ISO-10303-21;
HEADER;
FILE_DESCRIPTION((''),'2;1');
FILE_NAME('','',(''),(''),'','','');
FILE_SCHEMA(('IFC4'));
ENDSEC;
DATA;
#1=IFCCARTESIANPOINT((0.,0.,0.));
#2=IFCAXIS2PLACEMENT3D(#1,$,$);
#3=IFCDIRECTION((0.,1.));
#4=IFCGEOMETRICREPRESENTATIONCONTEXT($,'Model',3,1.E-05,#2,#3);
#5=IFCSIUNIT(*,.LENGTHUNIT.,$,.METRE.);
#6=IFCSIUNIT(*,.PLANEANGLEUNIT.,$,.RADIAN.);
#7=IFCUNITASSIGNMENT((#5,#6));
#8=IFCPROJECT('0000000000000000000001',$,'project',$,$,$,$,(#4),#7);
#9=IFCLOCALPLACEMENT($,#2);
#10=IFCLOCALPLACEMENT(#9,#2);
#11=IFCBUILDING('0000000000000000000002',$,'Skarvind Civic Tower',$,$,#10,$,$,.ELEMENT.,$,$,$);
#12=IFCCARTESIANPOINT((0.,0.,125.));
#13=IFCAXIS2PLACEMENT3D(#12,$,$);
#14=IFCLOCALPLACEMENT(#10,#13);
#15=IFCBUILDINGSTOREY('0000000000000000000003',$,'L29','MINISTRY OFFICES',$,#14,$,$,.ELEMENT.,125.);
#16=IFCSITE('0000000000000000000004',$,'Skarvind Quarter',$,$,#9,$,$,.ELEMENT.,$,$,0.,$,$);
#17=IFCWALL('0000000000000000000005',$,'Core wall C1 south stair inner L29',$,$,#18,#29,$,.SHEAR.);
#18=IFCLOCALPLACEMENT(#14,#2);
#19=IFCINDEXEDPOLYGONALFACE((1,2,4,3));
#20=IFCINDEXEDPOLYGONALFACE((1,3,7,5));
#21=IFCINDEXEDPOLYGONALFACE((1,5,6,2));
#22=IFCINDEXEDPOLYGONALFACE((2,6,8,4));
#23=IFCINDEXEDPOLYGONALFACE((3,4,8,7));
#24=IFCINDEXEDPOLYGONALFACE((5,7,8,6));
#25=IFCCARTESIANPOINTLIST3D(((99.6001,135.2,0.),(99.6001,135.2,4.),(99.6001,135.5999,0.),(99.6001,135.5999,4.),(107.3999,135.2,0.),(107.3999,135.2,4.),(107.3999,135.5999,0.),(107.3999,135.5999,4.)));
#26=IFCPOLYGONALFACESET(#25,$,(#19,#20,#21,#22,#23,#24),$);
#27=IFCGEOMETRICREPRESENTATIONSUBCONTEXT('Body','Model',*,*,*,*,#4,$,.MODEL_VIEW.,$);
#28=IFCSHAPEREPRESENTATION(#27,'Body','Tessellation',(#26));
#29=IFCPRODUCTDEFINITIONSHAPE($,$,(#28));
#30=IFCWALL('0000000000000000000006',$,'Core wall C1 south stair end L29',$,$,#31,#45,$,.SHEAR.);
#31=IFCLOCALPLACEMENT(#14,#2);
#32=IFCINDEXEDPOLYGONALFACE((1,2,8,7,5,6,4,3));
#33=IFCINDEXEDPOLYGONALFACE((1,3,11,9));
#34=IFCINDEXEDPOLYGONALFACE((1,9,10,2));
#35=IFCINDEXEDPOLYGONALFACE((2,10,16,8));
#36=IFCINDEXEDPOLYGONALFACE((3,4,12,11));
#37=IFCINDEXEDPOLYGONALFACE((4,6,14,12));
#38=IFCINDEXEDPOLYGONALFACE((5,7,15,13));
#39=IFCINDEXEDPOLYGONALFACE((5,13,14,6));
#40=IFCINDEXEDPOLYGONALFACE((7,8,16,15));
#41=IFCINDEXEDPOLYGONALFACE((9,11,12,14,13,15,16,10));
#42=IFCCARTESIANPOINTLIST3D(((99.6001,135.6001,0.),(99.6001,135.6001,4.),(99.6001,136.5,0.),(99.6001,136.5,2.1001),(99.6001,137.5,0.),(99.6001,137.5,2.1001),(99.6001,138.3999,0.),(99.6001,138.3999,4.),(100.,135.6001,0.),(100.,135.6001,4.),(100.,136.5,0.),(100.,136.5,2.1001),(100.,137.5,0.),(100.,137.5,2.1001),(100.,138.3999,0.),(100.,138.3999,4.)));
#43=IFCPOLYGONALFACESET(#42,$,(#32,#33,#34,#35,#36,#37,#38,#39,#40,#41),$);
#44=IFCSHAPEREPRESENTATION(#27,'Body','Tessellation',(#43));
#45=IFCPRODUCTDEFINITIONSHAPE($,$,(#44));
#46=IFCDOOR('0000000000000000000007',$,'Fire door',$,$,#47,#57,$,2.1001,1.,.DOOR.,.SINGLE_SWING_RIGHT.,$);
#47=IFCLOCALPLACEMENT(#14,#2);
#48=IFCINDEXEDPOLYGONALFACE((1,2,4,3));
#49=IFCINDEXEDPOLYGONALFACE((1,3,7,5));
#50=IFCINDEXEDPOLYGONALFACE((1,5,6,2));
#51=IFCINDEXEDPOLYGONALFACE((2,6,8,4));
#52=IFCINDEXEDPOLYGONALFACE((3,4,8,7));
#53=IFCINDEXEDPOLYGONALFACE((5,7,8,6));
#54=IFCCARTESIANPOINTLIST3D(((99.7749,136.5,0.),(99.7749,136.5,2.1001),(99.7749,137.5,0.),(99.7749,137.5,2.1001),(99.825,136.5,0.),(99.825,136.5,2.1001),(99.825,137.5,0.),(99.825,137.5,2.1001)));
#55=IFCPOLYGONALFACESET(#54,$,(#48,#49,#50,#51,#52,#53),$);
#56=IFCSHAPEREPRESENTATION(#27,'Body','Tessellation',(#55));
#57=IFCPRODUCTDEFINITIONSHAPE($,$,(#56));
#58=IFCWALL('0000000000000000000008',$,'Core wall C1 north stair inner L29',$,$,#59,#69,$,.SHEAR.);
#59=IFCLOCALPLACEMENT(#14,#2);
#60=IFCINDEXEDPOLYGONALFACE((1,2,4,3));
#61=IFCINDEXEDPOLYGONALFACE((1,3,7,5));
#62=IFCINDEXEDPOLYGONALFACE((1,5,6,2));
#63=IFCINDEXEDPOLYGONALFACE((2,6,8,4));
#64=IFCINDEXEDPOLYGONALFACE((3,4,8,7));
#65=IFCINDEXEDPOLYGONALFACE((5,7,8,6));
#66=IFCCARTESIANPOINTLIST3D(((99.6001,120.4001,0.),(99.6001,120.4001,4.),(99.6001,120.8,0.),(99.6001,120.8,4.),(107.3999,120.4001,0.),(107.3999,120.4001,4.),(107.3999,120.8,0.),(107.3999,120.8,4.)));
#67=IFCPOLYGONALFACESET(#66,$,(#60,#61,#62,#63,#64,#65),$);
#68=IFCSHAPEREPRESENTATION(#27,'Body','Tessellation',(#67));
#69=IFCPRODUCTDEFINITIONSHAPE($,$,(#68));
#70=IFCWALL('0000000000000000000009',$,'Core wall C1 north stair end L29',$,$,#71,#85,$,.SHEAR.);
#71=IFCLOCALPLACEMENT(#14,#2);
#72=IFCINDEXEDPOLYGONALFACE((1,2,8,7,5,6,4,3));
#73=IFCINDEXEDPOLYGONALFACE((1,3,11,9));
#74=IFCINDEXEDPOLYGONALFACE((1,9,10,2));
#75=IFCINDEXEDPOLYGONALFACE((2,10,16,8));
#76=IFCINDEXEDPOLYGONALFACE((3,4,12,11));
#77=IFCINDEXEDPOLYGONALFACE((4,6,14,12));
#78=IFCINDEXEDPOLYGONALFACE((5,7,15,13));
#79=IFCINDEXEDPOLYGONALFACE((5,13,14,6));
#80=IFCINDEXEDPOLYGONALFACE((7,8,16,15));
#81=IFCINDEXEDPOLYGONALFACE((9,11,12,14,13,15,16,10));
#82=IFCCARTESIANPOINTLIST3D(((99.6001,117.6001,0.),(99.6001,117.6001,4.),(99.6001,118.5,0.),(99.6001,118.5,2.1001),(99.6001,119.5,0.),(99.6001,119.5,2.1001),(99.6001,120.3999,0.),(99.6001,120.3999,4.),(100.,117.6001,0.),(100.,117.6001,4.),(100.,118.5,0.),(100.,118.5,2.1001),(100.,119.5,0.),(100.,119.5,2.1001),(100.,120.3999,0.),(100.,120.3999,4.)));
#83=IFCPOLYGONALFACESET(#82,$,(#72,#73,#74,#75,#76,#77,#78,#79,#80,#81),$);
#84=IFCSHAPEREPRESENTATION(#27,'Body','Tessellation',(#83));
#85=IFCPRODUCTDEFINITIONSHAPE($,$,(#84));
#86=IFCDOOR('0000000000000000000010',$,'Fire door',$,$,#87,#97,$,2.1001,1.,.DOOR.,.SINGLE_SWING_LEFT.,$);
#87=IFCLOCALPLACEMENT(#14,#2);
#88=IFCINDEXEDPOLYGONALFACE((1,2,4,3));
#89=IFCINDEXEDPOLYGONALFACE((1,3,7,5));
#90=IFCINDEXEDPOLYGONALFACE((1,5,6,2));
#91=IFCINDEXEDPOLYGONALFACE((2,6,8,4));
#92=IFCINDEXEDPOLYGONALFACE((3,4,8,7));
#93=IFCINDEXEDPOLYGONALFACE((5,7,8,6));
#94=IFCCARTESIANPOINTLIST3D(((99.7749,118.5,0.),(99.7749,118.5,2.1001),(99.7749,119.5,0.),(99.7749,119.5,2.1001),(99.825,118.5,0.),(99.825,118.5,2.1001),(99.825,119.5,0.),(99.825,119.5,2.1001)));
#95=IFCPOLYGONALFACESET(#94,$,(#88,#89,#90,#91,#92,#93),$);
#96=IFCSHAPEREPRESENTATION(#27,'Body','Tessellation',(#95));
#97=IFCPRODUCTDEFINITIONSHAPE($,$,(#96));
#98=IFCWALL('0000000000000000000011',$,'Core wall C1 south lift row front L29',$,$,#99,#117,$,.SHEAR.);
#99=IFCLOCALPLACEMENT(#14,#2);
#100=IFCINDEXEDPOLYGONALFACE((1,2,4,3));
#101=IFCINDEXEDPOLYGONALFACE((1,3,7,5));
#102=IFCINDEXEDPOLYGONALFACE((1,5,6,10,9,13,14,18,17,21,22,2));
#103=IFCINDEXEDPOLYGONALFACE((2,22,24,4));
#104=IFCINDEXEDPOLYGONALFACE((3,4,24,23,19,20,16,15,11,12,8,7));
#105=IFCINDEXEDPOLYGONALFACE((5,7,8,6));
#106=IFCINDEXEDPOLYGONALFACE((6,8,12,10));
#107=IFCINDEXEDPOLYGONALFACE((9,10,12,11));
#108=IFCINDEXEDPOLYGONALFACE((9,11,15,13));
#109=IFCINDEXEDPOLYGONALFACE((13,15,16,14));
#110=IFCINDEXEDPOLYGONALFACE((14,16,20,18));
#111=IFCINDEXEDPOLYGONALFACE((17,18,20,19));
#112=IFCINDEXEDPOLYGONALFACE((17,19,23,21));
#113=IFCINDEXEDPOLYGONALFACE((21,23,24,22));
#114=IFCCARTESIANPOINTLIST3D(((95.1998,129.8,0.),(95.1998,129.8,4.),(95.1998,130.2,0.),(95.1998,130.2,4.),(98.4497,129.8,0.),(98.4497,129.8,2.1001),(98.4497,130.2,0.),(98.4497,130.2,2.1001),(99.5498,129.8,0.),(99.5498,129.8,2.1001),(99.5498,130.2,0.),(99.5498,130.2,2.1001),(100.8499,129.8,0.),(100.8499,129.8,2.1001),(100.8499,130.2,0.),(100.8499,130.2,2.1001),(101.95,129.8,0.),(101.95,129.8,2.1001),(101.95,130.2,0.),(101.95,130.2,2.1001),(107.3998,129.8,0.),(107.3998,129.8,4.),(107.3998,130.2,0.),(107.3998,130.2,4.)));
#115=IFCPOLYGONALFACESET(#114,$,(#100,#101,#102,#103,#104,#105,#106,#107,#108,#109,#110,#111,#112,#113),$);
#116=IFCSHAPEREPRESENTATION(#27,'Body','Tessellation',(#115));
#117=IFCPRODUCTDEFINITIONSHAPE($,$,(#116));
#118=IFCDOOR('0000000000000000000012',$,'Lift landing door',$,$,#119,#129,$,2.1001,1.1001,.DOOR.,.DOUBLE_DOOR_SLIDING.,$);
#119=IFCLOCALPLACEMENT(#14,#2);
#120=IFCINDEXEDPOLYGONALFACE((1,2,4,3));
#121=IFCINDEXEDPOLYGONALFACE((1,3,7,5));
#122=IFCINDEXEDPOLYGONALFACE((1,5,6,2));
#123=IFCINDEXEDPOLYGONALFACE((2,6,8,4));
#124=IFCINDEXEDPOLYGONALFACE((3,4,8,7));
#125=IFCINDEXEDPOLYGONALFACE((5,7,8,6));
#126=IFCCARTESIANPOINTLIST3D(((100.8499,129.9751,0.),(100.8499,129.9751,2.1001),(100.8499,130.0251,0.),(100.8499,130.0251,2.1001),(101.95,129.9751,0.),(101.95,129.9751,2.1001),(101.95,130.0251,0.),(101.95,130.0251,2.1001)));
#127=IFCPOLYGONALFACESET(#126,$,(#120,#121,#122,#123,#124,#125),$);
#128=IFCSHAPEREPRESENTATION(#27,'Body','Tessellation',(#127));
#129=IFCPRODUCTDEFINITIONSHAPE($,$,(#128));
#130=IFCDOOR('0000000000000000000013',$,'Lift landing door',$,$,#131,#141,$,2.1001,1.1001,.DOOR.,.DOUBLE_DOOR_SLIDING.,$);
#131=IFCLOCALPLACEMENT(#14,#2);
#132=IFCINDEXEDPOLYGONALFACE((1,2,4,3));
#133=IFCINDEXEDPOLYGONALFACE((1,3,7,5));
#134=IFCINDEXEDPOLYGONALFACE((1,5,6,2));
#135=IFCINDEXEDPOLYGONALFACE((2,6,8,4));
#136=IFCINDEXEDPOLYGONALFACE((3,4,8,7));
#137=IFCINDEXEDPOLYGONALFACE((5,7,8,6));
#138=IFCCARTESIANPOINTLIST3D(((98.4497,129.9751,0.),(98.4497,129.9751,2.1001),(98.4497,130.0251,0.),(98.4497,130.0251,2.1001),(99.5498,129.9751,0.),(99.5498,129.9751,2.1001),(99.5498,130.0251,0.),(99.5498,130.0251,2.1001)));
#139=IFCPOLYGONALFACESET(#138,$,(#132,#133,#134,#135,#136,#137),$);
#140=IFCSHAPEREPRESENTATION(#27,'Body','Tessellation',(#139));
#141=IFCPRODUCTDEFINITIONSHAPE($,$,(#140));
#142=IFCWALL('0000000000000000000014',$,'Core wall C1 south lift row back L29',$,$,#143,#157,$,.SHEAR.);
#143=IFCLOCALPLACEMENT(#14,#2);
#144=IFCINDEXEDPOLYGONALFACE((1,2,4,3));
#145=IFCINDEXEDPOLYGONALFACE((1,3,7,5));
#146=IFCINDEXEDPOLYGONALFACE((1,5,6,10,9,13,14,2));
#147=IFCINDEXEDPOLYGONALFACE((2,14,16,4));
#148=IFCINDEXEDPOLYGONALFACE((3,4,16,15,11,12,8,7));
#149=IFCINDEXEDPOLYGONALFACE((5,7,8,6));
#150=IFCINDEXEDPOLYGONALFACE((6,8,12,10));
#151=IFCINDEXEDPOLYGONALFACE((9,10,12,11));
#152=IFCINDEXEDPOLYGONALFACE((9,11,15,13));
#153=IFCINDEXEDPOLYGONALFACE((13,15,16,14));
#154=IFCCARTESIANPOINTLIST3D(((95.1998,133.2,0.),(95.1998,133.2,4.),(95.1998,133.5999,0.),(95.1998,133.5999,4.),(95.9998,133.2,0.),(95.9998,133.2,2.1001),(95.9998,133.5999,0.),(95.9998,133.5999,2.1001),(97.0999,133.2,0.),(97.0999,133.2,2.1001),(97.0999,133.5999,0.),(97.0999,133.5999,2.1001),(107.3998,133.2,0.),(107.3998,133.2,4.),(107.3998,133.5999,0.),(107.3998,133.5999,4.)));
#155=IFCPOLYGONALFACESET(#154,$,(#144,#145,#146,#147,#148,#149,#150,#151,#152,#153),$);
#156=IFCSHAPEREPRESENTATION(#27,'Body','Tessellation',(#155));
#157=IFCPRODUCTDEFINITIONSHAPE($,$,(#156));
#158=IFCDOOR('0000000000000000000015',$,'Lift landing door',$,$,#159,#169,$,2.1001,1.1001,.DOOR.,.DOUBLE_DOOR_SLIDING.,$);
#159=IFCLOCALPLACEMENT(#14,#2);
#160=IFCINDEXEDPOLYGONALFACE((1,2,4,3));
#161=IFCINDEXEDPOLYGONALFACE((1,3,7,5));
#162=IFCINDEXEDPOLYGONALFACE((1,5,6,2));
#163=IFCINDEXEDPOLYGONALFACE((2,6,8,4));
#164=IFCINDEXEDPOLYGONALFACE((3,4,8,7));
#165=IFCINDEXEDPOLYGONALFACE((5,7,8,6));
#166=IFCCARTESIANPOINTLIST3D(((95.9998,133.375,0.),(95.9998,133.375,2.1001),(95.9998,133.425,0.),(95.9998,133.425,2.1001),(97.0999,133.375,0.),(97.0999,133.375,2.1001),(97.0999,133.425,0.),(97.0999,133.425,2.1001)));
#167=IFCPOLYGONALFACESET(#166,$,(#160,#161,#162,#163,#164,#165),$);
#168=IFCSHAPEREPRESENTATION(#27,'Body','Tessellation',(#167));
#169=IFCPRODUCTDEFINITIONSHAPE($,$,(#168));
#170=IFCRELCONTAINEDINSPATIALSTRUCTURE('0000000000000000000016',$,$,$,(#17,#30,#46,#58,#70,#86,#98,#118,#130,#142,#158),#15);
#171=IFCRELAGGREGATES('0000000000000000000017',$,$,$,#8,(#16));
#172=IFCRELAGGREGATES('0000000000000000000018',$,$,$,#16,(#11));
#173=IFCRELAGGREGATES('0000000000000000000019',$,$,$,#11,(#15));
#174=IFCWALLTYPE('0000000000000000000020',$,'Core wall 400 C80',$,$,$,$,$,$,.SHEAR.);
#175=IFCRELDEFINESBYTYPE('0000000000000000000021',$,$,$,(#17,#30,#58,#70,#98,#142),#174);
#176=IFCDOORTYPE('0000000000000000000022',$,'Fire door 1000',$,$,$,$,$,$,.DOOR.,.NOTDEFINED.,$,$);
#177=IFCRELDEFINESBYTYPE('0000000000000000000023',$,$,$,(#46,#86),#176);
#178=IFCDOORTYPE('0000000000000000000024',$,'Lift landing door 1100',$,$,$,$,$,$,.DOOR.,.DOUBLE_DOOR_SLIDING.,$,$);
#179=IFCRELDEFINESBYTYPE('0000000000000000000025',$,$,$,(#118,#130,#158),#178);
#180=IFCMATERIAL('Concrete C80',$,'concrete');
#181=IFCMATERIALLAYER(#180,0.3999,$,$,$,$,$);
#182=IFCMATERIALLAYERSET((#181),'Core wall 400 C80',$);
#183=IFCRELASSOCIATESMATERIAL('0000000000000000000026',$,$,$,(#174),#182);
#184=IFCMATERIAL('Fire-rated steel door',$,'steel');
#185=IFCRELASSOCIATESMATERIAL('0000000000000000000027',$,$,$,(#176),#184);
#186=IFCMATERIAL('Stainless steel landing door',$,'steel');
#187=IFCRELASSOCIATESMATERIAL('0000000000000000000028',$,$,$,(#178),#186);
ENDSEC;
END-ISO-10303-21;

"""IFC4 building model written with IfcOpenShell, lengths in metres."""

from ifc_helpers import new_model, si_unit, direction, frame, frame_2d, origin, place, context, subcontext, project, spatial, rectangle, extrude, material, layer, layer_set, type_object, element, fill, save


model = new_model("IFC4")

# Units and contexts
model_context = context("Model", 3, precision=1e-05, world=origin(), true_north=direction((0.0, 1.0)))
body_context = subcontext(model_context, "Body", "Model", "MODEL_VIEW")
ifc_project = project(units=[si_unit("LENGTHUNIT", "METRE"), si_unit("PLANEANGLEUNIT", "RADIAN")], contexts=[model_context])

# Site, building, storey
site_placement = place(None, origin())
site = spatial("IfcSite", under=ifc_project, at=site_placement, Name="Skarvind Quarter", CompositionType="ELEMENT", RefElevation=0.0)
building_placement = place(site_placement, origin())
building = spatial("IfcBuilding", under=site, at=building_placement, Name="Skarvind Civic Tower", CompositionType="ELEMENT")
storey_placement = place(building_placement, frame((0.0, 0.0, 125.0)))
storey = spatial("IfcBuildingStorey", under=building, at=storey_placement, Name="L29", Description="MINISTRY OFFICES", CompositionType="ELEMENT", Elevation=125.0)

# Wall
ifc_material_1 = material(Name="Concrete C80", Category="concrete")
ifc_layer_1 = layer(ifc_material_1, 0.3999)
ifc_layer_set_1 = layer_set([ifc_layer_1], Name="Core wall 400 C80")
wall_type_1 = type_object("IfcWallType", Name="Core wall 400 C80", PredefinedType="SHEAR", material=ifc_layer_set_1)
wall_1_placement = place(storey_placement, frame((107.3999, 135.3999, 0.0), z_axis=(0.0, 0.0, 1.0), x_axis=(-1.0, 0.0, 0.0)))
element("IfcWall", 1, at=wall_1_placement, inside=storey, type_object=wall_type_1, Name="Core wall C1 south stair inner L29", PredefinedType="SHEAR", context=body_context, shape_type="SweptSolid", body=[
    extrude(rectangle(XDim=7.7998, YDim=0.3999, at=frame_2d((3.8999, 0.0))), origin(), (0.0, 0.0, 1.0), 4.0),
])

# Wall, opening, door
wall_2_placement = place(storey_placement, frame((99.8, 138.3999, 0.0), z_axis=(0.0, 0.0, 1.0), x_axis=(0.0, -1.0, 0.0)))
wall_2 = element("IfcWall", 2, at=wall_2_placement, inside=storey, type_object=wall_type_1, Name="Core wall C1 south stair end L29", PredefinedType="SHEAR", context=body_context, shape_type="SweptSolid", body=[
    extrude(rectangle(XDim=2.7998, YDim=0.3999, at=frame_2d((1.3999, 0.0))), origin(), (0.0, 0.0, 1.0), 4.0),
])
opening_1_placement = place(wall_2_placement, frame((0.8999, 0.0, 0.0)))
opening_1 = element("IfcOpeningElement", 3, at=opening_1_placement, cuts=wall_2, PredefinedType="OPENING", context=body_context, shape_type="SweptSolid", body=[
    extrude(rectangle(XDim=1.0, YDim=2.1001, at=frame_2d((0.5, 1.05))), frame((0.0, 0.21, 0.0), z_axis=(0.0, -1.0, 0.0), x_axis=(1.0, 0.0, 0.0)), (0.0, 0.0, 1.0), 0.4199),
])
ifc_material_2 = material(Name="Fire-rated steel door", Category="steel")
door_type_1 = type_object("IfcDoorType", Name="Fire door 1000", OperationType="NOTDEFINED", PredefinedType="DOOR", material=ifc_material_2)
door_1_placement = place(opening_1_placement, origin())
door_1 = element("IfcDoor", 4, at=door_1_placement, inside=storey, type_object=door_type_1, Name="Fire door", OperationType="SINGLE_SWING_RIGHT", OverallHeight=2.1001, OverallWidth=1.0, PredefinedType="DOOR", context=body_context, shape_type="SweptSolid", body=[
    extrude(rectangle(XDim=1.0, YDim=2.1001, at=frame_2d((0.5, 1.05))), frame((0.0, 0.0249, 0.0), z_axis=(0.0, -1.0, 0.0), x_axis=(1.0, 0.0, 0.0)), (0.0, 0.0, 1.0), 0.05),
])
fill(opening_1, door_1)

# Wall
wall_3_placement = place(storey_placement, frame((107.3999, 120.6001, 0.0), z_axis=(0.0, 0.0, 1.0), x_axis=(-1.0, 0.0, 0.0)))
element("IfcWall", 5, at=wall_3_placement, inside=storey, type_object=wall_type_1, Name="Core wall C1 north stair inner L29", PredefinedType="SHEAR", context=body_context, shape_type="SweptSolid", body=[
    extrude(rectangle(XDim=7.7998, YDim=0.3999, at=frame_2d((3.8999, 0.0))), origin(), (0.0, 0.0, 1.0), 4.0),
])

# Wall, opening, door
wall_4_placement = place(storey_placement, frame((99.8, 120.3999, 0.0), z_axis=(0.0, 0.0, 1.0), x_axis=(0.0, -1.0, 0.0)))
wall_4 = element("IfcWall", 6, at=wall_4_placement, inside=storey, type_object=wall_type_1, Name="Core wall C1 north stair end L29", PredefinedType="SHEAR", context=body_context, shape_type="SweptSolid", body=[
    extrude(rectangle(XDim=2.7998, YDim=0.3999, at=frame_2d((1.3999, 0.0))), origin(), (0.0, 0.0, 1.0), 4.0),
])
opening_2_placement = place(wall_4_placement, frame((0.8999, 0.0, 0.0)))
opening_2 = element("IfcOpeningElement", 7, at=opening_2_placement, cuts=wall_4, PredefinedType="OPENING", context=body_context, shape_type="SweptSolid", body=[
    extrude(rectangle(XDim=1.0, YDim=2.1001, at=frame_2d((0.5, 1.05))), frame((0.0, 0.21, 0.0), z_axis=(0.0, -1.0, 0.0), x_axis=(1.0, 0.0, 0.0)), (0.0, 0.0, 1.0), 0.4199),
])
door_2_placement = place(opening_2_placement, origin())
door_2 = element("IfcDoor", 8, at=door_2_placement, inside=storey, type_object=door_type_1, Name="Fire door", OperationType="SINGLE_SWING_LEFT", OverallHeight=2.1001, OverallWidth=1.0, PredefinedType="DOOR", context=body_context, shape_type="SweptSolid", body=[
    extrude(rectangle(XDim=1.0, YDim=2.1001, at=frame_2d((0.5, 1.05))), frame((0.0, 0.0249, 0.0), z_axis=(0.0, -1.0, 0.0), x_axis=(1.0, 0.0, 0.0)), (0.0, 0.0, 1.0), 0.05),
])
fill(opening_2, door_2)

# Wall, openings, doors
wall_5_placement = place(storey_placement, frame((107.3999, 130.0, 0.0), z_axis=(0.0, 0.0, 1.0), x_axis=(-1.0, 0.0, 0.0)))
wall_5 = element("IfcWall", 9, at=wall_5_placement, inside=storey, type_object=wall_type_1, Name="Core wall C1 south lift row front L29", PredefinedType="SHEAR", context=body_context, shape_type="SweptSolid", body=[
    extrude(rectangle(XDim=12.2, YDim=0.3999, at=frame_2d((6.1001, 0.0))), origin(), (0.0, 0.0, 1.0), 4.0),
])
opening_3_placement = place(wall_5_placement, frame((5.45, 0.0, 0.0)))
opening_3 = element("IfcOpeningElement", 10, at=opening_3_placement, cuts=wall_5, PredefinedType="OPENING", context=body_context, shape_type="SweptSolid", body=[
    extrude(rectangle(XDim=1.1001, YDim=2.1001, at=frame_2d((0.55, 1.05))), frame((0.0, 0.21, 0.0), z_axis=(0.0, -1.0, 0.0), x_axis=(1.0, 0.0, 0.0)), (0.0, 0.0, 1.0), 0.4199),
])
opening_4_placement = place(wall_5_placement, frame((7.8501, 0.0, 0.0)))
opening_4 = element("IfcOpeningElement", 11, at=opening_4_placement, cuts=wall_5, PredefinedType="OPENING", context=body_context, shape_type="SweptSolid", body=[
    extrude(rectangle(XDim=1.1001, YDim=2.1001, at=frame_2d((0.55, 1.05))), frame((0.0, 0.21, 0.0), z_axis=(0.0, -1.0, 0.0), x_axis=(1.0, 0.0, 0.0)), (0.0, 0.0, 1.0), 0.4199),
])
ifc_material_3 = material(Name="Stainless steel landing door", Category="steel")
door_type_2 = type_object("IfcDoorType", Name="Lift landing door 1100", OperationType="DOUBLE_DOOR_SLIDING", PredefinedType="DOOR", material=ifc_material_3)
door_3_placement = place(opening_3_placement, origin())
door_3 = element("IfcDoor", 12, at=door_3_placement, inside=storey, type_object=door_type_2, Name="Lift landing door", OperationType="DOUBLE_DOOR_SLIDING", OverallHeight=2.1001, OverallWidth=1.1001, PredefinedType="DOOR", context=body_context, shape_type="SweptSolid", body=[
    extrude(rectangle(XDim=1.1001, YDim=2.1001, at=frame_2d((0.55, 1.05))), frame((0.0, 0.0249, 0.0), z_axis=(0.0, -1.0, 0.0), x_axis=(1.0, 0.0, 0.0)), (0.0, 0.0, 1.0), 0.05),
])
fill(opening_3, door_3)
door_4_placement = place(opening_4_placement, origin())
door_4 = element("IfcDoor", 13, at=door_4_placement, inside=storey, type_object=door_type_2, Name="Lift landing door", OperationType="DOUBLE_DOOR_SLIDING", OverallHeight=2.1001, OverallWidth=1.1001, PredefinedType="DOOR", context=body_context, shape_type="SweptSolid", body=[
    extrude(rectangle(XDim=1.1001, YDim=2.1001, at=frame_2d((0.55, 1.05))), frame((0.0, 0.0249, 0.0), z_axis=(0.0, -1.0, 0.0), x_axis=(1.0, 0.0, 0.0)), (0.0, 0.0, 1.0), 0.05),
])
fill(opening_4, door_4)

# Wall, opening, door
wall_6_placement = place(storey_placement, frame((107.3999, 133.3999, 0.0), z_axis=(0.0, 0.0, 1.0), x_axis=(-1.0, 0.0, 0.0)))
wall_6 = element("IfcWall", 14, at=wall_6_placement, inside=storey, type_object=wall_type_1, Name="Core wall C1 south lift row back L29", PredefinedType="SHEAR", context=body_context, shape_type="SweptSolid", body=[
    extrude(rectangle(XDim=12.2, YDim=0.3999, at=frame_2d((6.1001, 0.0))), origin(), (0.0, 0.0, 1.0), 4.0),
])
opening_5_placement = place(wall_6_placement, frame((10.3, 0.0, 0.0)))
opening_5 = element("IfcOpeningElement", 15, at=opening_5_placement, cuts=wall_6, PredefinedType="OPENING", context=body_context, shape_type="SweptSolid", body=[
    extrude(rectangle(XDim=1.1001, YDim=2.1001, at=frame_2d((0.55, 1.05))), frame((0.0, 0.21, 0.0), z_axis=(0.0, -1.0, 0.0), x_axis=(1.0, 0.0, 0.0)), (0.0, 0.0, 1.0), 0.4199),
])
door_5_placement = place(opening_5_placement, origin())
door_5 = element("IfcDoor", 16, at=door_5_placement, inside=storey, type_object=door_type_2, Name="Lift landing door", OperationType="DOUBLE_DOOR_SLIDING", OverallHeight=2.1001, OverallWidth=1.1001, PredefinedType="DOOR", context=body_context, shape_type="SweptSolid", body=[
    extrude(rectangle(XDim=1.1001, YDim=2.1001, at=frame_2d((0.55, 1.05))), frame((0.0, 0.0249, 0.0), z_axis=(0.0, -1.0, 0.0), x_axis=(1.0, 0.0, 0.0)), (0.0, 0.0, 1.0), 0.05),
])
fill(opening_5, door_5)

save(model, "model.ifc")
